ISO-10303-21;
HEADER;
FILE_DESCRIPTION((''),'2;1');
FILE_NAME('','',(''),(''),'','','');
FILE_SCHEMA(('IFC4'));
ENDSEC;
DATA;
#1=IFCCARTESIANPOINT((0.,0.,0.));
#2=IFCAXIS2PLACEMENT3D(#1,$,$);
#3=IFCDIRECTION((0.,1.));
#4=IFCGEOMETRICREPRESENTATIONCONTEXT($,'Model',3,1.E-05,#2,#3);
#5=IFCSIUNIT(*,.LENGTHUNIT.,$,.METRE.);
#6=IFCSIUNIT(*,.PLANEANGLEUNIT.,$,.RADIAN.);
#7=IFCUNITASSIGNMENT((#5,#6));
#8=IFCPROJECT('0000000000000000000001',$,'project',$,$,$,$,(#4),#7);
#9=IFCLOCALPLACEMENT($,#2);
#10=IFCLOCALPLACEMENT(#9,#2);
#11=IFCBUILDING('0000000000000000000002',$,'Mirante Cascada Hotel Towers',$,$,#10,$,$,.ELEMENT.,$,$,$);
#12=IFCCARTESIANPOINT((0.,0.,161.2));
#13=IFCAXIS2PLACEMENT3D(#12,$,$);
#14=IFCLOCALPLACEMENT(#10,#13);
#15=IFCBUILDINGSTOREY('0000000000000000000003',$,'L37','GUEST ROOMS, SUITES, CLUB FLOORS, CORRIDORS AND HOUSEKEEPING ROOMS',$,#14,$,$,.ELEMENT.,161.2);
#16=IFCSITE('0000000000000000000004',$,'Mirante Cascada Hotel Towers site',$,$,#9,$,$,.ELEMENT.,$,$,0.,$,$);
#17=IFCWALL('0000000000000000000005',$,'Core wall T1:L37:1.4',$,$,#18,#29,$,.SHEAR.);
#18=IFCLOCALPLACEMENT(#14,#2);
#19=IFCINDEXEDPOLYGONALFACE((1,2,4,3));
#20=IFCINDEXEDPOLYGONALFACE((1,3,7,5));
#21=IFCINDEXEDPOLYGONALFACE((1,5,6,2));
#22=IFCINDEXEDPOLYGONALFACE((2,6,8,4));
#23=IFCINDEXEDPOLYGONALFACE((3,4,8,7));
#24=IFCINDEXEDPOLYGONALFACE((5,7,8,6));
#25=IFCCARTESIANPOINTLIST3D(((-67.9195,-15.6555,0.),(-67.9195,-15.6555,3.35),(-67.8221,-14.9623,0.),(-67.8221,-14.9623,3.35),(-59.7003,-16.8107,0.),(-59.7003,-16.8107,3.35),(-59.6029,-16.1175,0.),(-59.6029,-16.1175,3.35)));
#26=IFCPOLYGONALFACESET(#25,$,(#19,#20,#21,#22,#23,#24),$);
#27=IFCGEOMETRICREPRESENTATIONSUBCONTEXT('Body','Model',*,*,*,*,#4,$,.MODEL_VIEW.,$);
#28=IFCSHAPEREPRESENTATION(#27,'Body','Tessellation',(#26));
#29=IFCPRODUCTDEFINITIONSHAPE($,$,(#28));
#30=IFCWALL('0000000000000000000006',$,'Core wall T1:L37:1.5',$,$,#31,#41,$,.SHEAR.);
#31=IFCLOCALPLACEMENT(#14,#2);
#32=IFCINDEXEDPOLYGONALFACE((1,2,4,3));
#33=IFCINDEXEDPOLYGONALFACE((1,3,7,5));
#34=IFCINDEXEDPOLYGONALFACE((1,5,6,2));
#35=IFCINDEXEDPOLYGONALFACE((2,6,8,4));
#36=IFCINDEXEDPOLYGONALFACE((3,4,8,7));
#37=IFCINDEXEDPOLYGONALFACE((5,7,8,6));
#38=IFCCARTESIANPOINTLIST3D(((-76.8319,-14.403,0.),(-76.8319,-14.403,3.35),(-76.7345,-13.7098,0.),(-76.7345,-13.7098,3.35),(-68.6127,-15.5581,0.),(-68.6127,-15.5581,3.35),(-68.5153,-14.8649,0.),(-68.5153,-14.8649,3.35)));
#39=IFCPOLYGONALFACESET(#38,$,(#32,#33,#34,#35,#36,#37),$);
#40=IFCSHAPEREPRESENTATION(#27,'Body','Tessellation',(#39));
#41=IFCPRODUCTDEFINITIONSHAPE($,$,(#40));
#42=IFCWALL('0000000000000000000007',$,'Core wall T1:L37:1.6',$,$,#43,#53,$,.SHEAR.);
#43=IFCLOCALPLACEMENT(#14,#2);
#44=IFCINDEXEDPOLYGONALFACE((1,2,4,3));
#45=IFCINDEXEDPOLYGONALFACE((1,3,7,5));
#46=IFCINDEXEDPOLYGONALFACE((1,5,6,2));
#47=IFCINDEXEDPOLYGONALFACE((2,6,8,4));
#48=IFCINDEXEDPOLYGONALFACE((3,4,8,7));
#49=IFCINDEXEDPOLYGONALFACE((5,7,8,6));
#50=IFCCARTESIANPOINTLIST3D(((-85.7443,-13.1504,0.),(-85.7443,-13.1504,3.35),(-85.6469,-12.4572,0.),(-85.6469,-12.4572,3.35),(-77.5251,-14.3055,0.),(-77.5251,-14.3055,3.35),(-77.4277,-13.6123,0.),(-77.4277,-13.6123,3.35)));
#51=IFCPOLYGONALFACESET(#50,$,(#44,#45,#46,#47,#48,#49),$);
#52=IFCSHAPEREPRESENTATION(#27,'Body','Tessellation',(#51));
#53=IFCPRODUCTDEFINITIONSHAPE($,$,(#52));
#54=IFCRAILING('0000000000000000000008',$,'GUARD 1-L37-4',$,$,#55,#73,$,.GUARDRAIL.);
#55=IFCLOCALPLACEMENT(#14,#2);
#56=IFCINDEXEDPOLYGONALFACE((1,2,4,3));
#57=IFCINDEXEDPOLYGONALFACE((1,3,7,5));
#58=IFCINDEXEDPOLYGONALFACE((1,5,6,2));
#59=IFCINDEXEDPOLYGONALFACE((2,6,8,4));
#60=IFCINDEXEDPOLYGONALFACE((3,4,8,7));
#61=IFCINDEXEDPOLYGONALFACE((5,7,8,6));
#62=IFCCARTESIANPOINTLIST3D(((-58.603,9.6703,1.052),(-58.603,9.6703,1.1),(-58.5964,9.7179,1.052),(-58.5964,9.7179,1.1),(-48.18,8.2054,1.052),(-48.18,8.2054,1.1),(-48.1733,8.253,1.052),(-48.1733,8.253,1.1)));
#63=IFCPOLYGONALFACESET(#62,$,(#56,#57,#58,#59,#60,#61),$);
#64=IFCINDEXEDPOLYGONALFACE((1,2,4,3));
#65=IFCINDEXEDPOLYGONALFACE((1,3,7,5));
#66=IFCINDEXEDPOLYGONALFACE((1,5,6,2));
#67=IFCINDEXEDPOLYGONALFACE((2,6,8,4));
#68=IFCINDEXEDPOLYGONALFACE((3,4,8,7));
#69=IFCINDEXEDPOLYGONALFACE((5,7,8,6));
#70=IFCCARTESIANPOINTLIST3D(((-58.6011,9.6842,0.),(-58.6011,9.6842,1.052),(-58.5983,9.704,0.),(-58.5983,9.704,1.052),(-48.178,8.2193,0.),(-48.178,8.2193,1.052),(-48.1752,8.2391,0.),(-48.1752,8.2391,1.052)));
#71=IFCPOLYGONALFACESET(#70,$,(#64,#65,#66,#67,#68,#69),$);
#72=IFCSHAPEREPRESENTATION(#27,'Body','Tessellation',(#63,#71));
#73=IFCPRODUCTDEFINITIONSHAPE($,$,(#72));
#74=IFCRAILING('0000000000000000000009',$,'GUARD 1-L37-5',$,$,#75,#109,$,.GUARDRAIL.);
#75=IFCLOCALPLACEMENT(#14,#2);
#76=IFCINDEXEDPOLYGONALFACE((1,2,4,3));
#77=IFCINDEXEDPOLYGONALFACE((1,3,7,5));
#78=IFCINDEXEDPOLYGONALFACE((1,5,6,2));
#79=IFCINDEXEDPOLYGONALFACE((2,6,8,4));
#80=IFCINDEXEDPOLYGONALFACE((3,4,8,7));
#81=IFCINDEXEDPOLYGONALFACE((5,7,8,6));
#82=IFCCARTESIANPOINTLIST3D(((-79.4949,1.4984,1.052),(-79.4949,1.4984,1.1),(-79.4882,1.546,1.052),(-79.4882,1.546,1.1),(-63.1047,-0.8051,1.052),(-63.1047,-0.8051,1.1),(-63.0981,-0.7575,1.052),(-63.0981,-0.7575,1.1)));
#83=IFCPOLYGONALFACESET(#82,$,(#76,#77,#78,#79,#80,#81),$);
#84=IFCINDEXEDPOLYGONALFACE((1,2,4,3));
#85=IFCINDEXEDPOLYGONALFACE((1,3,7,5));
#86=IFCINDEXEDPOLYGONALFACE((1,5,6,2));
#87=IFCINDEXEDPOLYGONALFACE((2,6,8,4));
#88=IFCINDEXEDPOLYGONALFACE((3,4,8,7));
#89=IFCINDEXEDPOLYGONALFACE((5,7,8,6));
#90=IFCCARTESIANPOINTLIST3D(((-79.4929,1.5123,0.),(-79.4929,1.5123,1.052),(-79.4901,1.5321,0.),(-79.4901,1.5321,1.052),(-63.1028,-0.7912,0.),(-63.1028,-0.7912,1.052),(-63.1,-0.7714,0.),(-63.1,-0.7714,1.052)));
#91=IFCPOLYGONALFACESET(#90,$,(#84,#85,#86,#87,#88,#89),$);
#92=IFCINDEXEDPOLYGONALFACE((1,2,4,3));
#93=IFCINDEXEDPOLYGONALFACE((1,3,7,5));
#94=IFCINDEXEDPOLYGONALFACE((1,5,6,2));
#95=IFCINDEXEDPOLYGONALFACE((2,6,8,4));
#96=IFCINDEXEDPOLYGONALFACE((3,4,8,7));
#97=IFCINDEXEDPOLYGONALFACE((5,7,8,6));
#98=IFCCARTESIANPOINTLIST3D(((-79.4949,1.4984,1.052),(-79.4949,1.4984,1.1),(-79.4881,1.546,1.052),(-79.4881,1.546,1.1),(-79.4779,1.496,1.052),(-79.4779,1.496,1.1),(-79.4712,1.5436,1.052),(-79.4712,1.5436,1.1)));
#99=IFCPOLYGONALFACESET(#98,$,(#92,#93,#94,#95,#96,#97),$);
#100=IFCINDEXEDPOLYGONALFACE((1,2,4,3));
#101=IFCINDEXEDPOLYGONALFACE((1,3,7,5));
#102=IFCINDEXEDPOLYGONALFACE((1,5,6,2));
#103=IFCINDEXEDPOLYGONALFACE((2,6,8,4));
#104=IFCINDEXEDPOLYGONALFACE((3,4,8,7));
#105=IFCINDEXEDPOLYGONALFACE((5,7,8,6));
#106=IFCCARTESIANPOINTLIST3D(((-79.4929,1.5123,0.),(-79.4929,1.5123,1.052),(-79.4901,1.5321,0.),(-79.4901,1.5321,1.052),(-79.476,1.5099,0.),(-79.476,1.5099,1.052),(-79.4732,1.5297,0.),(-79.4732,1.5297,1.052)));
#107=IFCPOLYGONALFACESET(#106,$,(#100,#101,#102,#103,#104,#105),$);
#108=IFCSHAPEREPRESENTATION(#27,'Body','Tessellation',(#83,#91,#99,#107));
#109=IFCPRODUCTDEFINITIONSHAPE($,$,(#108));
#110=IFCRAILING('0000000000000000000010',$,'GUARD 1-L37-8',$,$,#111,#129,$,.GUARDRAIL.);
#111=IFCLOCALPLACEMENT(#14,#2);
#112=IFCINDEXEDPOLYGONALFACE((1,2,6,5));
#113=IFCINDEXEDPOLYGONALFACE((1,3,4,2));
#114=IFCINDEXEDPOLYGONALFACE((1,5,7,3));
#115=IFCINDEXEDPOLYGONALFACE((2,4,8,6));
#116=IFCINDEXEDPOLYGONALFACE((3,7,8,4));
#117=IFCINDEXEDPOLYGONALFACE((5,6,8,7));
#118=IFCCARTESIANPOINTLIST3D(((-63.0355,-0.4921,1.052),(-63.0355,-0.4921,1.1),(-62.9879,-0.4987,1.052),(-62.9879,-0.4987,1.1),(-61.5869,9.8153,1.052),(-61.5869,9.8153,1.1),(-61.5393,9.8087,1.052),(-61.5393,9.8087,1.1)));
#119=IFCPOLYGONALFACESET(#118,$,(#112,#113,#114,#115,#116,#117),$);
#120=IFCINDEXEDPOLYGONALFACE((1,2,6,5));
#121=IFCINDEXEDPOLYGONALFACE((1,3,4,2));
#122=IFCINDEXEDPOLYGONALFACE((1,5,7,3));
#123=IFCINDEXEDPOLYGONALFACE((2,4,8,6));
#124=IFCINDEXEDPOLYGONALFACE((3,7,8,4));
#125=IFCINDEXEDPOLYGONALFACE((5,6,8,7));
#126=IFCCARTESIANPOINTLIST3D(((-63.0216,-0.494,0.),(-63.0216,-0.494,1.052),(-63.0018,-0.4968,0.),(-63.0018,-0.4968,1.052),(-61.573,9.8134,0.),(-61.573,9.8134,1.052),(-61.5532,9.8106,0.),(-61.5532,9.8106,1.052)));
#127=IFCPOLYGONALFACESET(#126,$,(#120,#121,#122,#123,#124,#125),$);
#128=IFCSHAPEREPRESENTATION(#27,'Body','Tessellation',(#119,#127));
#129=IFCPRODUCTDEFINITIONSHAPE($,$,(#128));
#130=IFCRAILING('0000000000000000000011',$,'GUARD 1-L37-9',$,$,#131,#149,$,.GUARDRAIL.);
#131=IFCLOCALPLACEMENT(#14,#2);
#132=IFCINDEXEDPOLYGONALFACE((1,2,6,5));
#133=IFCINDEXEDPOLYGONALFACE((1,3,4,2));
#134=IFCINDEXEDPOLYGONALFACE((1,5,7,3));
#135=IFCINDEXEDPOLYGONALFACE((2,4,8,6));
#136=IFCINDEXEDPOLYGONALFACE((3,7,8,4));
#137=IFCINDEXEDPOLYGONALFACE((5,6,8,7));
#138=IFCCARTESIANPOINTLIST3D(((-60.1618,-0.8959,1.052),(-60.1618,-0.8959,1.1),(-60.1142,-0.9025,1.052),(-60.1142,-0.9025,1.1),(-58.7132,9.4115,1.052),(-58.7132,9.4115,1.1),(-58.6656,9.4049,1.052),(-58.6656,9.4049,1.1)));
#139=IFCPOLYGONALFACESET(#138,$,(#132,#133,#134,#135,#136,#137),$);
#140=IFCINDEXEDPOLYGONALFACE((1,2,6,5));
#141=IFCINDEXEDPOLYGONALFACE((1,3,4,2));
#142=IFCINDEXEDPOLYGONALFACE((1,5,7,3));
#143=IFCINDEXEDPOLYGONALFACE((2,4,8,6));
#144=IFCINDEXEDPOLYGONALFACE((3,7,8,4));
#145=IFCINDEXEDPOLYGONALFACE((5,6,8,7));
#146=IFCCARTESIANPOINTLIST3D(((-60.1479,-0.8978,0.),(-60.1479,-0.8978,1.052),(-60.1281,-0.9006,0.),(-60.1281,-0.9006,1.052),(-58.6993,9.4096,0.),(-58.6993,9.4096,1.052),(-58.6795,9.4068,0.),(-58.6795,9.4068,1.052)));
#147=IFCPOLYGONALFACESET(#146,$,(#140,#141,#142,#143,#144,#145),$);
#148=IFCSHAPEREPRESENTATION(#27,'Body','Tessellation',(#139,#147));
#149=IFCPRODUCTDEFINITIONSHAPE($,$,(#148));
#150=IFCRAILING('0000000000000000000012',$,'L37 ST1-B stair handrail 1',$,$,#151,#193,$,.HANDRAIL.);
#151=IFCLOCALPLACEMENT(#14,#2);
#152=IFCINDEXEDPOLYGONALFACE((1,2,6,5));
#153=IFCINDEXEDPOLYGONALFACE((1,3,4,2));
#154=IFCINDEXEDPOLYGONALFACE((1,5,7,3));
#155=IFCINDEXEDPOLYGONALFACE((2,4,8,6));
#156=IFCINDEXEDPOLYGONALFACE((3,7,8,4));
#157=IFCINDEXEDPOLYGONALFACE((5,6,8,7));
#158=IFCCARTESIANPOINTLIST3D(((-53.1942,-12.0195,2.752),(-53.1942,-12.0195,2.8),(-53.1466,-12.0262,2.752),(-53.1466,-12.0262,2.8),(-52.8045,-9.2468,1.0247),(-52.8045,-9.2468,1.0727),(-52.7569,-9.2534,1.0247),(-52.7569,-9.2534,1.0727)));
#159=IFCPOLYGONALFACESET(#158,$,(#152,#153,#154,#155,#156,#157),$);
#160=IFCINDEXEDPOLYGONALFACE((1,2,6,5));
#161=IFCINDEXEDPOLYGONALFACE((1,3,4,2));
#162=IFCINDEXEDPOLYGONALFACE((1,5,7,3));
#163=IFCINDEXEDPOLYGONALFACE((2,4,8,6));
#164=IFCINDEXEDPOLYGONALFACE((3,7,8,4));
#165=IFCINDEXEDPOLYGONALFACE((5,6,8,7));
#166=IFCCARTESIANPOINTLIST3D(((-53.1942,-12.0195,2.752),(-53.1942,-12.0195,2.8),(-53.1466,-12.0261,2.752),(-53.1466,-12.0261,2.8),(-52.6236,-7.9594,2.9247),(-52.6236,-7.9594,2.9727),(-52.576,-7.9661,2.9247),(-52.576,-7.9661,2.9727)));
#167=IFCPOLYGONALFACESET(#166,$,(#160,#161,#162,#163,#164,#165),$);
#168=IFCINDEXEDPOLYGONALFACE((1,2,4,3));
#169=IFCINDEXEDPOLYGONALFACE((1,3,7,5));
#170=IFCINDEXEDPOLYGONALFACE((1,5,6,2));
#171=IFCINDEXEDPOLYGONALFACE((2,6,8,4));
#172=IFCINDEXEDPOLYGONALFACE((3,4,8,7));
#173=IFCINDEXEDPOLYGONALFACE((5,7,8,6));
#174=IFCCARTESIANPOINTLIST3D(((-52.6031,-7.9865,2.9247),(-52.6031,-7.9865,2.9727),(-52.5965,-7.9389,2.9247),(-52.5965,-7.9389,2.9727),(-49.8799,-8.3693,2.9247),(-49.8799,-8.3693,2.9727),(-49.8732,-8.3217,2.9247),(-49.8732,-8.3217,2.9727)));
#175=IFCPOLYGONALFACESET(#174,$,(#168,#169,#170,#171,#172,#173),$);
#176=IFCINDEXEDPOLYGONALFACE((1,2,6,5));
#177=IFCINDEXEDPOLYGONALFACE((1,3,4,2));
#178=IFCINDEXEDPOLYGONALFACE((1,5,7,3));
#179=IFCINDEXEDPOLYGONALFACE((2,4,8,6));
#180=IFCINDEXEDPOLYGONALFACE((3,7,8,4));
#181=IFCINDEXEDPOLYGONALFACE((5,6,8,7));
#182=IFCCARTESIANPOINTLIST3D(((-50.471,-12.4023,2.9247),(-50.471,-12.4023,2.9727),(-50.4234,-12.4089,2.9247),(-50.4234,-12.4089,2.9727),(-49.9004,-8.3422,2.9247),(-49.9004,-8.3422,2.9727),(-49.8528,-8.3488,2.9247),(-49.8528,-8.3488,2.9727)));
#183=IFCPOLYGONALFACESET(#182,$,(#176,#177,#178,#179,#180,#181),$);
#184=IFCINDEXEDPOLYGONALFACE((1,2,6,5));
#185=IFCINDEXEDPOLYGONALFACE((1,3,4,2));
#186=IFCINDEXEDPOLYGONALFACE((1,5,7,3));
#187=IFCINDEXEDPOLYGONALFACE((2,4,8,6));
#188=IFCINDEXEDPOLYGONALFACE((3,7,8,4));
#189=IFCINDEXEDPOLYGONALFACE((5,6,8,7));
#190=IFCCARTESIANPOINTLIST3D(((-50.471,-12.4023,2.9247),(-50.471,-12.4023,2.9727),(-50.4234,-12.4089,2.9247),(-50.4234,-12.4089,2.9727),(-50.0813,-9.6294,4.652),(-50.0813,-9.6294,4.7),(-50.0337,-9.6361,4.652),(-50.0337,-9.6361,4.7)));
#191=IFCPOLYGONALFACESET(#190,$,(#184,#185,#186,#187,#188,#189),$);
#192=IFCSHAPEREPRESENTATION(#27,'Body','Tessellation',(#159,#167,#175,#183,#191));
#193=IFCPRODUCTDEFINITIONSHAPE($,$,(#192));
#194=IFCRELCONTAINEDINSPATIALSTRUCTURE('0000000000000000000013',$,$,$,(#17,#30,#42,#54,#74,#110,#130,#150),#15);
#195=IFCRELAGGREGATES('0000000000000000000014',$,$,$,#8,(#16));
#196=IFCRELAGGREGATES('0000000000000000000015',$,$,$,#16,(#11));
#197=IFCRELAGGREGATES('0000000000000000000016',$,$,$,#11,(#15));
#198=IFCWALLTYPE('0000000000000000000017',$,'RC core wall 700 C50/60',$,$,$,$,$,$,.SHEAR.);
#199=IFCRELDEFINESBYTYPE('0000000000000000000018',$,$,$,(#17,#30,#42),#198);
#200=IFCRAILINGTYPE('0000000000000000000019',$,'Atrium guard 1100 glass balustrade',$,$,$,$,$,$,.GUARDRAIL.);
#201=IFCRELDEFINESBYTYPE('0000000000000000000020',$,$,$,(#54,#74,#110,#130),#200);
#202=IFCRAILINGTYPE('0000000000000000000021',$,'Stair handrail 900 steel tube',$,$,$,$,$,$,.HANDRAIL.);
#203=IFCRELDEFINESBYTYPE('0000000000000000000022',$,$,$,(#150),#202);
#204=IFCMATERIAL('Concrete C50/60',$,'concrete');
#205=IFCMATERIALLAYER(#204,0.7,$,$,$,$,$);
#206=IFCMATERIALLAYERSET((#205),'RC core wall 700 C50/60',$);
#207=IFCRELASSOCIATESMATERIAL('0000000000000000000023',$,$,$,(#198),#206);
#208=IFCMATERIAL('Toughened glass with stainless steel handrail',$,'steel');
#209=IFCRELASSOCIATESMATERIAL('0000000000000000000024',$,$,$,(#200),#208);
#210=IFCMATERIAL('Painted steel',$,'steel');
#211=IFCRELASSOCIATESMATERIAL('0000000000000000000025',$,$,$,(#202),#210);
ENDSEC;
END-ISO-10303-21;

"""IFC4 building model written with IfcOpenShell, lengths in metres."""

from ifc_helpers import new_model, si_unit, direction, frame, frame_2d, origin, origin_2d, place, context, subcontext, project, spatial, rectangle, extrude, material, layer, layer_set, type_object, element, save


model = new_model("IFC4")

# Units and contexts
model_context = context("Model", 3, precision=1e-05, world=origin(), true_north=direction((0.0, 1.0)))
body_context = subcontext(model_context, "Body", "Model", "MODEL_VIEW")
ifc_project = project(units=[si_unit("LENGTHUNIT", "METRE"), si_unit("PLANEANGLEUNIT", "RADIAN")], contexts=[model_context])

# Site, building, storey
site_placement = place(None, origin())
site = spatial("IfcSite", under=ifc_project, at=site_placement, Name="Mirante Cascada Hotel Towers site", CompositionType="ELEMENT", RefElevation=0.0)
building_placement = place(site_placement, origin())
building = spatial("IfcBuilding", under=site, at=building_placement, Name="Mirante Cascada Hotel Towers", CompositionType="ELEMENT")
storey_placement = place(building_placement, frame((0.0, 0.0, 161.2)))
storey = spatial("IfcBuildingStorey", under=building, at=storey_placement, Name="L37", Description="GUEST ROOMS, SUITES, CLUB FLOORS, CORRIDORS AND HOUSEKEEPING ROOMS", CompositionType="ELEMENT", Elevation=161.2)

# Walls
ifc_material_1 = material(Name="Concrete C50/60", Category="concrete")
ifc_layer_1 = layer(ifc_material_1, 0.7)
ifc_layer_set_1 = layer_set([ifc_layer_1], Name="RC core wall 700 C50/60")
wall_type_1 = type_object("IfcWallType", Name="RC core wall 700 C50/60", PredefinedType="SHEAR", material=ifc_layer_set_1)
for number, where, z_axis, x_axis, name in (
    (1, (-59.6516, -16.4641, 0.0), (0.0, 0.0, 1.0), (-0.990267, 0.139181, 0.0), "Core wall T1:L37:1.4"),
    (2, (-68.564, -15.2115, 0.0), (0.0, 0.0, 1.0), (-0.990269, 0.139169, 0.0), "Core wall T1:L37:1.5"),
    (3, (-77.4764, -13.9589, 0.0), (0.0, 0.0, 1.0), (-0.990269, 0.139169, 0.0), "Core wall T1:L37:1.6"),
):
    element("IfcWall", number, at=place(storey_placement, frame(where, z_axis=z_axis, x_axis=x_axis)), inside=storey, type_object=wall_type_1, Name=name, PredefinedType="SHEAR", context=body_context, shape_type="SweptSolid", body=[
        extrude(rectangle(XDim=8.3, YDim=0.7, at=frame_2d((4.15, 0.0))), origin(), (0.0, 0.0, 1.0), 3.35),
    ])

# Railings
ifc_material_2 = material(Name="Toughened glass with stainless steel handrail", Category="steel")
railing_type_1 = type_object("IfcRailingType", Name="Atrium guard 1100 glass balustrade", PredefinedType="GUARDRAIL", material=ifc_material_2)
railing_1_placement = place(storey_placement, frame((-58.5997, 9.6941, 0.0)))
element("IfcRailing", 4, at=railing_1_placement, inside=storey, type_object=railing_type_1, Name="GUARD 1-L37-4", PredefinedType="GUARDRAIL", context=body_context, shape_type="SweptSolid", body=[
    extrude(rectangle(XDim=0.048, YDim=0.048, at=origin_2d()), frame((0.0, 0.0, 1.076), z_axis=(0.990268, -0.139176, 0.0), x_axis=(0.139176, 0.990268, 0.0)), (0.0, 0.0, 1.0), 10.5255),
    extrude(rectangle(XDim=0.02, YDim=1.052, at=origin_2d()), frame((0.0, 0.0, 0.526), z_axis=(0.990268, -0.139176, 0.0), x_axis=(0.139176, 0.990268, 0.0)), (0.0, 0.0, 1.0), 10.5255),
])
railing_2_placement = place(storey_placement, frame((-63.1014, -0.7813, 0.0)))
element("IfcRailing", 5, at=railing_2_placement, inside=storey, type_object=railing_type_1, Name="GUARD 1-L37-5", PredefinedType="GUARDRAIL", context=body_context, shape_type="SweptSolid", body=[
    extrude(rectangle(XDim=0.048, YDim=0.048, at=origin_2d()), frame((0.0, 0.0, 1.076), z_axis=(-0.990268, 0.139174, 0.0), x_axis=(-0.139174, -0.990268, 0.0)), (0.0, 0.0, 1.0), 16.5512),
    extrude(rectangle(XDim=0.02, YDim=1.052, at=origin_2d()), frame((0.0, 0.0, 0.526), z_axis=(-0.990268, 0.139174, 0.0), x_axis=(-0.139174, -0.990268, 0.0)), (0.0, 0.0, 1.0), 16.5512),
    extrude(rectangle(XDim=0.048, YDim=0.048, at=origin_2d()), frame((-16.3901, 2.3035, 1.076), z_axis=(0.990066, -0.140601, 0.0), x_axis=(0.140601, 0.990066, 0.0)), (0.0, 0.0, 1.0), 0.0171),
    extrude(rectangle(XDim=0.02, YDim=1.052, at=origin_2d()), frame((-16.3901, 2.3035, 0.526), z_axis=(0.990066, -0.140601, 0.0), x_axis=(0.140601, 0.990066, 0.0)), (0.0, 0.0, 1.0), 0.0171),
])
railing_3_placement = place(storey_placement, frame((-63.0117, -0.4954, 0.0)))
element("IfcRailing", 6, at=railing_3_placement, inside=storey, type_object=railing_type_1, Name="GUARD 1-L37-8", PredefinedType="GUARDRAIL", context=body_context, shape_type="SweptSolid", body=[
    extrude(rectangle(XDim=0.048, YDim=0.048, at=origin_2d()), frame((0.0, 0.0, 1.076), z_axis=(0.139172, 0.990268, 0.0), x_axis=(-0.990268, 0.139172, 0.0)), (0.0, 0.0, 1.0), 10.4087),
    extrude(rectangle(XDim=0.02, YDim=1.052, at=origin_2d()), frame((0.0, 0.0, 0.526), z_axis=(0.139172, 0.990268, 0.0), x_axis=(-0.990268, 0.139172, 0.0)), (0.0, 0.0, 1.0), 10.4087),
])
railing_4_placement = place(storey_placement, frame((-58.6894, 9.4082, 0.0)))
element("IfcRailing", 7, at=railing_4_placement, inside=storey, type_object=railing_type_1, Name="GUARD 1-L37-9", PredefinedType="GUARDRAIL", context=body_context, shape_type="SweptSolid", body=[
    extrude(rectangle(XDim=0.048, YDim=0.048, at=origin_2d()), frame((0.0, 0.0, 1.076), z_axis=(-0.139172, -0.990268, 0.0), x_axis=(0.990268, -0.139172, 0.0)), (0.0, 0.0, 1.0), 10.4087),
    extrude(rectangle(XDim=0.02, YDim=1.052, at=origin_2d()), frame((0.0, 0.0, 0.526), z_axis=(-0.139172, -0.990268, 0.0), x_axis=(0.990268, -0.139172, 0.0)), (0.0, 0.0, 1.0), 10.4087),
])
ifc_material_3 = material(Name="Painted steel", Category="steel")
railing_type_2 = type_object("IfcRailingType", Name="Stair handrail 900 steel tube", PredefinedType="HANDRAIL", material=ifc_material_3)
railing_5_placement = place(storey_placement, frame((-52.7807, -9.2501, 0.1727)))
element("IfcRailing", 8, at=railing_5_placement, inside=storey, type_object=railing_type_2, Name="L37 ST1-B stair handrail 1", PredefinedType="HANDRAIL", context=body_context, shape_type="SweptSolid", body=[
    extrude(rectangle(XDim=0.048, YDim=0.048, at=origin_2d()), frame((0.0, 0.0, 0.876), z_axis=(-0.139181, -0.990267, 0.0), x_axis=(0.990267, -0.139181, 0.0)), (0.0, 0.525035, 0.851081), 3.2899),
    extrude(rectangle(XDim=0.048, YDim=0.048, at=origin_2d()), frame((-0.3897, -2.7727, 2.6033), z_axis=(0.139171, 0.990268, 0.0), x_axis=(-0.990268, 0.139171, 0.0)), (0.0, 0.042085, 0.999114), 4.1036),
    extrude(rectangle(XDim=0.048, YDim=0.048, at=origin_2d()), frame((0.1809, 1.2874, 2.776), z_axis=(0.990264, -0.139201, 0.0), x_axis=(0.139201, 0.990264, 0.0)), (0.0, 0.0, 1.0), 2.75),
    extrude(rectangle(XDim=0.048, YDim=0.048, at=origin_2d()), frame((2.9041, 0.9046, 2.776), z_axis=(-0.139171, -0.990268, 0.0), x_axis=(0.990268, -0.139171, 0.0)), (0.0, 0.0, 1.0), 4.1),
    extrude(rectangle(XDim=0.048, YDim=0.048, at=origin_2d()), frame((2.3335, -3.1555, 2.776), z_axis=(0.139176, 0.990268, 0.0), x_axis=(-0.990268, 0.139176, 0.0)), (0.0, 0.525021, 0.851089), 3.29),
])

save(model, "model.ifc")
